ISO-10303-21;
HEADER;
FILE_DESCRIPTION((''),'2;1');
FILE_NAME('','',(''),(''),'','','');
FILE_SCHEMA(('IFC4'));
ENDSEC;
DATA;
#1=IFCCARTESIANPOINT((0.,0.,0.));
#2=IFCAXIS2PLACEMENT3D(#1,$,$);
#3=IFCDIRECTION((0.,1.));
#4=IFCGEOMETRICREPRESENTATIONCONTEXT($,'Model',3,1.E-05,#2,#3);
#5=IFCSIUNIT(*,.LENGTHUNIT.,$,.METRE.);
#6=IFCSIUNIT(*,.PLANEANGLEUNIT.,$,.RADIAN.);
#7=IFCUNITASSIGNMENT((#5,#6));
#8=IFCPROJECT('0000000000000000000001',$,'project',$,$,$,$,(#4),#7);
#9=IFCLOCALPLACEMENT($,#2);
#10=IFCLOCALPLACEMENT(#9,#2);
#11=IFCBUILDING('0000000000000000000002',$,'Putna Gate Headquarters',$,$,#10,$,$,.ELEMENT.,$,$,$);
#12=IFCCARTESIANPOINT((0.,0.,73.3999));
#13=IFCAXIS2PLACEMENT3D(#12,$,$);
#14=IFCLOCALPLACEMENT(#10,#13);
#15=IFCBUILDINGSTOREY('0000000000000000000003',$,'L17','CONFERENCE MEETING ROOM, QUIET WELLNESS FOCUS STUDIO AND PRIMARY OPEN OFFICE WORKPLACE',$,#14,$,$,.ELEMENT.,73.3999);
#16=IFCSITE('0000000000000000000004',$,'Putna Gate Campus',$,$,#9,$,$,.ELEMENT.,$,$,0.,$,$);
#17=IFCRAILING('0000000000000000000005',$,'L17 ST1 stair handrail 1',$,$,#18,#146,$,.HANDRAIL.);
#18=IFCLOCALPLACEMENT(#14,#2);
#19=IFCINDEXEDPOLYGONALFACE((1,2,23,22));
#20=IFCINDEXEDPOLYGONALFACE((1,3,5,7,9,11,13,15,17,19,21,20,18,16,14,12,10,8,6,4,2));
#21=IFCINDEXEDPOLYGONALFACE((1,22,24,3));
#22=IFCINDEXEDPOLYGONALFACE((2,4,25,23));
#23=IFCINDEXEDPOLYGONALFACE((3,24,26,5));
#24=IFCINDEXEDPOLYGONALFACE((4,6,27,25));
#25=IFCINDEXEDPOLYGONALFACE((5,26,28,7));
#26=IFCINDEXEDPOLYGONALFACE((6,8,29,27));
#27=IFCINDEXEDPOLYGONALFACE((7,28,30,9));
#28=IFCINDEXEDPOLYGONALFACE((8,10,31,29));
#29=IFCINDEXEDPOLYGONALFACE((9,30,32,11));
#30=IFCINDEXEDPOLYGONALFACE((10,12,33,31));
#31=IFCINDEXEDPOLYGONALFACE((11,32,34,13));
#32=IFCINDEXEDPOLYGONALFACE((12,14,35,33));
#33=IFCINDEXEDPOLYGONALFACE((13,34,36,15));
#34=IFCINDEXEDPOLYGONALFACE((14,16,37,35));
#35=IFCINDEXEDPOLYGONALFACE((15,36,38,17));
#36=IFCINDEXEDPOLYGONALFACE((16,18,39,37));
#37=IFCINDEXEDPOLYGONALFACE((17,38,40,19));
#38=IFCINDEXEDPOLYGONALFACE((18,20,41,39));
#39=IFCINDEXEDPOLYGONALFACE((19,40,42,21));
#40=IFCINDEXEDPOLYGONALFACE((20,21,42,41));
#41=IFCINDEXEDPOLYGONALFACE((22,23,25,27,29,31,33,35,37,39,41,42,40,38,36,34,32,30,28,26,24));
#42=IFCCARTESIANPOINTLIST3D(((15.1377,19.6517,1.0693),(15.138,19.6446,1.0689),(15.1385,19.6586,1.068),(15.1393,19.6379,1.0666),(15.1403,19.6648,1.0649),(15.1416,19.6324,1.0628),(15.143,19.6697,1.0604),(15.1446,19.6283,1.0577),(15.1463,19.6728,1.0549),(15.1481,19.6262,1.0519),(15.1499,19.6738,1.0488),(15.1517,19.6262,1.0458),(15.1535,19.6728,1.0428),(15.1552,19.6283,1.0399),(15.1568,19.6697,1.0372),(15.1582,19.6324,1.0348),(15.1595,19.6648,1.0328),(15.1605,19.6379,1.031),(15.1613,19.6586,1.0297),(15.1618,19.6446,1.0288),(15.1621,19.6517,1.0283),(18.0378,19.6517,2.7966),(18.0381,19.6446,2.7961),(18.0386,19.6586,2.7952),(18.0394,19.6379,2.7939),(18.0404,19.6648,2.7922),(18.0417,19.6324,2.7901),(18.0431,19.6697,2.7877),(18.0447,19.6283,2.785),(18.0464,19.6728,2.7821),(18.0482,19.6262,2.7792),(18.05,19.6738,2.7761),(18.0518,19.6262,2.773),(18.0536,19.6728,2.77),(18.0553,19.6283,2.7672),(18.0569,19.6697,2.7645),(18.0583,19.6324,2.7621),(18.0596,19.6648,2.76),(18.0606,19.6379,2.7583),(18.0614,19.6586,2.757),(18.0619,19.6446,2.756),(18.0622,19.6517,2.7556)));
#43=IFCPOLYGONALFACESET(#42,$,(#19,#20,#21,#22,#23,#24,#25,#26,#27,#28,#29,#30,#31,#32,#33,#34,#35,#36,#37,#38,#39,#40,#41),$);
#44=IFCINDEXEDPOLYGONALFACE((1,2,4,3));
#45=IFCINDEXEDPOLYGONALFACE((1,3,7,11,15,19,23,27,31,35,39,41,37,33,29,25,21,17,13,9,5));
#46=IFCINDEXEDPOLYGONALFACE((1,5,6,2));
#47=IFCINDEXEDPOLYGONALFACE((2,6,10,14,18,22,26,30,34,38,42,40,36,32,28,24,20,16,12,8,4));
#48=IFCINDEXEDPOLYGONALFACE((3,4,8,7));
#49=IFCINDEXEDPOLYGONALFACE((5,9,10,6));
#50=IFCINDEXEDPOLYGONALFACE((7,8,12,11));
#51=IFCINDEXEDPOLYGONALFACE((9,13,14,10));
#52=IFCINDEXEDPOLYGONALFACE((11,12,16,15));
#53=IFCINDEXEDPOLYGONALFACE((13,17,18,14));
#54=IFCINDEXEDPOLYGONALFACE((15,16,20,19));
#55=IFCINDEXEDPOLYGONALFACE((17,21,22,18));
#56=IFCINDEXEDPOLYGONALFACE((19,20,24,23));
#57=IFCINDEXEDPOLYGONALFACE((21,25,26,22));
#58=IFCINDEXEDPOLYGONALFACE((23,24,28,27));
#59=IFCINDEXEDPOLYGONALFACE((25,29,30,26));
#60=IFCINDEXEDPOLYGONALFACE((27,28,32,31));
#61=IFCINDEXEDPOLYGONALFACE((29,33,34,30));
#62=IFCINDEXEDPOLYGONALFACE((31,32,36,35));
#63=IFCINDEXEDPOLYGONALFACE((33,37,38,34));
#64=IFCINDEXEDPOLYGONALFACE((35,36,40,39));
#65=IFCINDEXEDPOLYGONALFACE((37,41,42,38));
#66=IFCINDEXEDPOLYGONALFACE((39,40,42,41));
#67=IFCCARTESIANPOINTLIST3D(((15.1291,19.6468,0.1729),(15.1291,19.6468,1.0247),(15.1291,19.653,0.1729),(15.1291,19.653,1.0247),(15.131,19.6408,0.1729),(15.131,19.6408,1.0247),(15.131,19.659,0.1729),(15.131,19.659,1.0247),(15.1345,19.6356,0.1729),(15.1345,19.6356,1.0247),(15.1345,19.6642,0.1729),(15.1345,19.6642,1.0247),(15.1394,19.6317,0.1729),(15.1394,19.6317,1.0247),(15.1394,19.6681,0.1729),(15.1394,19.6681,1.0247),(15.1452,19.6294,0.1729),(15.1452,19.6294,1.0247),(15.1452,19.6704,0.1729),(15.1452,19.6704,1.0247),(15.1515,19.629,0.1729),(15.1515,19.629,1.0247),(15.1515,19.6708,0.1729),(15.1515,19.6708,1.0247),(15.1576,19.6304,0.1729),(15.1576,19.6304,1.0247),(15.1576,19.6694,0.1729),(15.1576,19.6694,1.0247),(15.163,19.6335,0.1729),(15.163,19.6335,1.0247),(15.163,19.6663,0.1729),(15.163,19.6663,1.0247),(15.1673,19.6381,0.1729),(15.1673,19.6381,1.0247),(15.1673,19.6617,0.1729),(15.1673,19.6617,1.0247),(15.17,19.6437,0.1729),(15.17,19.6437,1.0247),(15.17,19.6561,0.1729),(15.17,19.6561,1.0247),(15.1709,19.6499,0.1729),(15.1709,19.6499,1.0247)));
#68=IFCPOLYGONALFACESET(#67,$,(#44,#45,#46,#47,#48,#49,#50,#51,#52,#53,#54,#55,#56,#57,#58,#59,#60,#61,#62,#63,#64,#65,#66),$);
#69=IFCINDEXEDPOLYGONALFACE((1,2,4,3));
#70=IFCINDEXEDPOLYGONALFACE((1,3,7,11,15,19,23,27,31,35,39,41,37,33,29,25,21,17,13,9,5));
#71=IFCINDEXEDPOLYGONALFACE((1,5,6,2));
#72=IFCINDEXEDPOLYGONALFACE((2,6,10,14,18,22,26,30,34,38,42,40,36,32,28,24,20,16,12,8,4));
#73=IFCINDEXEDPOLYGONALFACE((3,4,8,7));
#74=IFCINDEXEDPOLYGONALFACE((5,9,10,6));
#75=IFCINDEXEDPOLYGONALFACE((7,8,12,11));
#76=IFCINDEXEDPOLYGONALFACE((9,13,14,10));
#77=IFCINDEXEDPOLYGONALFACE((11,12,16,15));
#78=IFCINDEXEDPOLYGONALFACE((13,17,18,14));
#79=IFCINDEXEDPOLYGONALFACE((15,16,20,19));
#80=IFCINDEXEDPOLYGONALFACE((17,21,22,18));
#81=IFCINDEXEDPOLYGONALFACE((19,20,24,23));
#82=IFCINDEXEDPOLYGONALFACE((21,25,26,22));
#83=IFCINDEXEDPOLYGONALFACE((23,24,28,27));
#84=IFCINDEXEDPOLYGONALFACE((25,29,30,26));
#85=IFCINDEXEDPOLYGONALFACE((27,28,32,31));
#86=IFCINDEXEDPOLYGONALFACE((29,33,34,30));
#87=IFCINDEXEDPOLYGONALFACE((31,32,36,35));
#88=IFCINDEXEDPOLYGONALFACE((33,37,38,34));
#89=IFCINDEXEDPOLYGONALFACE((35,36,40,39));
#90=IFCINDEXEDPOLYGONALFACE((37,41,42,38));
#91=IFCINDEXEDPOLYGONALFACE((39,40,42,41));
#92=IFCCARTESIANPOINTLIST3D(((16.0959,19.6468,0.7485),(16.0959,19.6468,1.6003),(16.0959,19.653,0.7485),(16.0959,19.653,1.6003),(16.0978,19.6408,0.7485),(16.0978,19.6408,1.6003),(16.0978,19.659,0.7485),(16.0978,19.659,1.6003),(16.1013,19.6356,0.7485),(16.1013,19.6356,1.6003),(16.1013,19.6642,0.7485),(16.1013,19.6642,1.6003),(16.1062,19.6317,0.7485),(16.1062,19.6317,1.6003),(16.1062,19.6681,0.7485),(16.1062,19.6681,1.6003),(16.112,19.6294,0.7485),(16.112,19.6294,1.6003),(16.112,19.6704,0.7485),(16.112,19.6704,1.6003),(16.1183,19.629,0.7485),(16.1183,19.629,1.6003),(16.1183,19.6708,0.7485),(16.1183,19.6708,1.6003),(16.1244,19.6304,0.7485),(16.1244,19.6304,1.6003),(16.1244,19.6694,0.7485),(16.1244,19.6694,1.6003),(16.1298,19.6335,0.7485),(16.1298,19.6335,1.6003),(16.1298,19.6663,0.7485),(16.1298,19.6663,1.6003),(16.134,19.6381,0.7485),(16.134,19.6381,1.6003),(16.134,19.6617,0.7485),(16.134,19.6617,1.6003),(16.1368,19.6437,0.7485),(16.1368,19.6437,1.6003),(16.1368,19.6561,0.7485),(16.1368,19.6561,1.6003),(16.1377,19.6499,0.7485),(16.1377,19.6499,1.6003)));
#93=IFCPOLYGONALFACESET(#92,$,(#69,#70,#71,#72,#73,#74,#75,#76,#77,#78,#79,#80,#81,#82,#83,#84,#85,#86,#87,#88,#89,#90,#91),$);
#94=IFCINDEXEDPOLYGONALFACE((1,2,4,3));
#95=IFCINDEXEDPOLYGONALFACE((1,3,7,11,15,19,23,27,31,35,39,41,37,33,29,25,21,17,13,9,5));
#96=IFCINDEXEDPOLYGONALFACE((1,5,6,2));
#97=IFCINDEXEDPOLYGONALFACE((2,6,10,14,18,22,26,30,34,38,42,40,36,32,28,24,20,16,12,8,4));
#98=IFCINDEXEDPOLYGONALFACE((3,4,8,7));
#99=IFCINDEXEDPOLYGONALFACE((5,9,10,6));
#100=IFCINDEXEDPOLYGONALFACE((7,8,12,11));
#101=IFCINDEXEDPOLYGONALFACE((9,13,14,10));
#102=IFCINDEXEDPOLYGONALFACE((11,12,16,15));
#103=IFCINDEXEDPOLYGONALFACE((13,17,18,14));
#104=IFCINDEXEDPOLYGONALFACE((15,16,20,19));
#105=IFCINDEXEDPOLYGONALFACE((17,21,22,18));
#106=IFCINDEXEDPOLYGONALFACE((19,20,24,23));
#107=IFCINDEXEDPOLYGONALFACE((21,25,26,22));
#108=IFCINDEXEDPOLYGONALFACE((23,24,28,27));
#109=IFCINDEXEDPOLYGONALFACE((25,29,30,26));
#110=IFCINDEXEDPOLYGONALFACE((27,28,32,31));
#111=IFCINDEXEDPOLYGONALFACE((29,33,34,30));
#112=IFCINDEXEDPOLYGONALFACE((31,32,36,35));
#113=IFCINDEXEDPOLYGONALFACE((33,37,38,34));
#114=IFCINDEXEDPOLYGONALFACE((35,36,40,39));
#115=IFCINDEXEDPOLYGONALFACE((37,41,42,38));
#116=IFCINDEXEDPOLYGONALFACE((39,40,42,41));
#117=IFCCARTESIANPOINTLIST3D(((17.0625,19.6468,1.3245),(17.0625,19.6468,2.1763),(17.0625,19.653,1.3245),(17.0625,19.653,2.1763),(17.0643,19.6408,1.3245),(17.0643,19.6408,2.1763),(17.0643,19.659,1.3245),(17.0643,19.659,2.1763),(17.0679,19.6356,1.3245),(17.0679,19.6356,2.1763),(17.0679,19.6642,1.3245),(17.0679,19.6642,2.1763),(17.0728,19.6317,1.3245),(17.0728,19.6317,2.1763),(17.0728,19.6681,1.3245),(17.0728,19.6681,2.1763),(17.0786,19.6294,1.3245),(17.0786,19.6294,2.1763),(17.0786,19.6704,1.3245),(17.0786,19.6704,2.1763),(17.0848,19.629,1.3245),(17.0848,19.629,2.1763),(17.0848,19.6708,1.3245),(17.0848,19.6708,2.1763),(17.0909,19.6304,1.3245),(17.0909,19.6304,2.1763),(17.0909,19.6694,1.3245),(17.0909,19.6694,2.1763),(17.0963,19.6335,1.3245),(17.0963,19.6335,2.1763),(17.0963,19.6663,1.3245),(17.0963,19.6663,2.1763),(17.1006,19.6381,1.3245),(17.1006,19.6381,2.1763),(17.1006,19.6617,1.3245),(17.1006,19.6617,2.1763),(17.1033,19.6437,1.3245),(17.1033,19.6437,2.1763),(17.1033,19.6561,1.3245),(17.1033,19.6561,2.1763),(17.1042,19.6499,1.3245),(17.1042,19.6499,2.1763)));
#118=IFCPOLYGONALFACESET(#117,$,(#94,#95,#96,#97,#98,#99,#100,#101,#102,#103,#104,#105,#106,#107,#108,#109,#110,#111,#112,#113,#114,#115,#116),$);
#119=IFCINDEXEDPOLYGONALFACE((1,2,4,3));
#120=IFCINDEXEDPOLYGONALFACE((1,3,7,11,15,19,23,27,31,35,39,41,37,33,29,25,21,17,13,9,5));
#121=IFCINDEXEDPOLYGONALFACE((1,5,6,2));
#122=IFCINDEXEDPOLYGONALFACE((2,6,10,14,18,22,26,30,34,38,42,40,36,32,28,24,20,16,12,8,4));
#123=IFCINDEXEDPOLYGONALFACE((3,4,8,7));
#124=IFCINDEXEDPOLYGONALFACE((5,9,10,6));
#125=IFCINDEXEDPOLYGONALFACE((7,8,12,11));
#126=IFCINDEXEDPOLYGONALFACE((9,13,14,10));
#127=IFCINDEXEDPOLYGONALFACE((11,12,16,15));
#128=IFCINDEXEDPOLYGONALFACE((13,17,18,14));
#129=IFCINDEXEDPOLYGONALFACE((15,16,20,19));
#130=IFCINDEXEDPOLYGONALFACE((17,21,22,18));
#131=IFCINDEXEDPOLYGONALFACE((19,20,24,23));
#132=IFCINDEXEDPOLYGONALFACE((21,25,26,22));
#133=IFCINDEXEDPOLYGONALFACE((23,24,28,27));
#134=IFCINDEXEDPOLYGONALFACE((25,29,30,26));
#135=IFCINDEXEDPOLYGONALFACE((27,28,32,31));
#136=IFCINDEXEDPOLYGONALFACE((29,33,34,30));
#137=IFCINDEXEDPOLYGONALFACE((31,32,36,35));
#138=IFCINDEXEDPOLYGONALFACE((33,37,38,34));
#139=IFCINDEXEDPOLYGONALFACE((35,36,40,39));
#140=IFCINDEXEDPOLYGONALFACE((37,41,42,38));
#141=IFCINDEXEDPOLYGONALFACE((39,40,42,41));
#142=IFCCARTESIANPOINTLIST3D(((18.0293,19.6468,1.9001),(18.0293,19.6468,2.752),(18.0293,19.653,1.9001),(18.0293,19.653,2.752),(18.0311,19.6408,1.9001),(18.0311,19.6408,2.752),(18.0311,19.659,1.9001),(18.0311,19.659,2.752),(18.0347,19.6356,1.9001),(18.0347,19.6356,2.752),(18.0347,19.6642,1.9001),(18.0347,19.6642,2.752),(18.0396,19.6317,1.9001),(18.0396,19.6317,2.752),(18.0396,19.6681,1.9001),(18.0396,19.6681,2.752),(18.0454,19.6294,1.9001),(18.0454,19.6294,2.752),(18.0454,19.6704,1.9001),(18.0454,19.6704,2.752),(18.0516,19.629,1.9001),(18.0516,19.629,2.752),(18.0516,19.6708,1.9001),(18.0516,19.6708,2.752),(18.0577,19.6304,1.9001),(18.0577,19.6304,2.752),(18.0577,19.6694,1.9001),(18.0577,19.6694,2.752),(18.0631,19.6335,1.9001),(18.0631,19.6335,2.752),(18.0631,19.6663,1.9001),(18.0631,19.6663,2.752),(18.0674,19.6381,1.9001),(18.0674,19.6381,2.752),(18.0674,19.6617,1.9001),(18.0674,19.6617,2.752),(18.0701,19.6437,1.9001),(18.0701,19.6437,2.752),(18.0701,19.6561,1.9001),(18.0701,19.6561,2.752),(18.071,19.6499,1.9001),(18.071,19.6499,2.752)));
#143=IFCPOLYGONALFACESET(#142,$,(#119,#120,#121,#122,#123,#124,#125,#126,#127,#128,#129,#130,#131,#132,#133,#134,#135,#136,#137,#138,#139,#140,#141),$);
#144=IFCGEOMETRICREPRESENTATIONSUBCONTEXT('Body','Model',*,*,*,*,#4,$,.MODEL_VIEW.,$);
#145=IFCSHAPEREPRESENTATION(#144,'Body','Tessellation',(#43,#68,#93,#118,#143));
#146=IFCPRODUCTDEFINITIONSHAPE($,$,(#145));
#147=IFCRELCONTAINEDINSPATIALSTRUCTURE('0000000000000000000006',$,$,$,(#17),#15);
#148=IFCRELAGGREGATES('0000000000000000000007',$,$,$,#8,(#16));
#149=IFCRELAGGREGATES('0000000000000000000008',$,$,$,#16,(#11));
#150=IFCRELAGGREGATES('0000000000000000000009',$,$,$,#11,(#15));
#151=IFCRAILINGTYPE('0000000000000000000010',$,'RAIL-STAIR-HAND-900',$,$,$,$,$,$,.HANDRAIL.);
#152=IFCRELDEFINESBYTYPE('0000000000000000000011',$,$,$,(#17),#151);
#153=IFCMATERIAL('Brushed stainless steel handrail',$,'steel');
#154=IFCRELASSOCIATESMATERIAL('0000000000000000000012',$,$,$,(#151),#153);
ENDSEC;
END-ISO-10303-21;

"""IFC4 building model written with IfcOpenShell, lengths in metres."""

from ifc_helpers import new_model, si_unit, direction, frame, origin, origin_2d, place, context, subcontext, project, spatial, circle, extrude, material, type_object, element, save


model = new_model("IFC4")

# Units and contexts
model_context = context("Model", 3, precision=1e-05, world=origin(), true_north=direction((0.0, 1.0)))
body_context = subcontext(model_context, "Body", "Model", "MODEL_VIEW")
ifc_project = project(units=[si_unit("LENGTHUNIT", "METRE"), si_unit("PLANEANGLEUNIT", "RADIAN")], contexts=[model_context])

# Site, building, storey
site_placement = place(None, origin())
site = spatial("IfcSite", under=ifc_project, at=site_placement, Name="Putna Gate Campus", CompositionType="ELEMENT", RefElevation=0.0)
building_placement = place(site_placement, origin())
building = spatial("IfcBuilding", under=site, at=building_placement, Name="Putna Gate Headquarters", CompositionType="ELEMENT")
storey_placement = place(building_placement, frame((0.0, 0.0, 73.3999)))
storey = spatial("IfcBuildingStorey", under=building, at=storey_placement, Name="L17", Description="CONFERENCE MEETING ROOM, QUIET WELLNESS FOCUS STUDIO AND PRIMARY OPEN OFFICE WORKPLACE", CompositionType="ELEMENT", Elevation=73.3999)

# Railing
ifc_material_1 = material(Name="Brushed stainless steel handrail", Category="steel")
railing_type_1 = type_object("IfcRailingType", Name="RAIL-STAIR-HAND-900", PredefinedType="HANDRAIL", material=ifc_material_1)
railing_1_placement = place(storey_placement, frame((15.1499, 19.6499, 0.1729)))
element("IfcRailing", 1, at=railing_1_placement, inside=storey, type_object=railing_type_1, Name="L17 ST1 stair handrail 1", PredefinedType="HANDRAIL", context=body_context, shape_type="SweptSolid", body=[
    extrude(circle(Radius=0.0239, at=origin_2d()), frame((0.0, 0.0, 0.876), z_axis=(0.85916, 0.0, 0.511706), x_axis=(0.0, 1.0, 0.0)), (0.0, 0.0, 1.0), 3.3755),
    extrude(circle(Radius=0.021, at=origin_2d()), origin(), (0.0, 0.0, 1.0), 0.8518),
    extrude(circle(Radius=0.021, at=origin_2d()), frame((0.9668, 0.0, 0.5757)), (0.0, 0.0, 1.0), 0.8518),
    extrude(circle(Radius=0.021, at=origin_2d()), frame((1.9333, 0.0, 1.1516)), (0.0, 0.0, 1.0), 0.8518),
    extrude(circle(Radius=0.021, at=origin_2d()), frame((2.9001, 0.0, 1.7273)), (0.0, 0.0, 1.0), 0.8518),
])

save(model, "model.ifc")
